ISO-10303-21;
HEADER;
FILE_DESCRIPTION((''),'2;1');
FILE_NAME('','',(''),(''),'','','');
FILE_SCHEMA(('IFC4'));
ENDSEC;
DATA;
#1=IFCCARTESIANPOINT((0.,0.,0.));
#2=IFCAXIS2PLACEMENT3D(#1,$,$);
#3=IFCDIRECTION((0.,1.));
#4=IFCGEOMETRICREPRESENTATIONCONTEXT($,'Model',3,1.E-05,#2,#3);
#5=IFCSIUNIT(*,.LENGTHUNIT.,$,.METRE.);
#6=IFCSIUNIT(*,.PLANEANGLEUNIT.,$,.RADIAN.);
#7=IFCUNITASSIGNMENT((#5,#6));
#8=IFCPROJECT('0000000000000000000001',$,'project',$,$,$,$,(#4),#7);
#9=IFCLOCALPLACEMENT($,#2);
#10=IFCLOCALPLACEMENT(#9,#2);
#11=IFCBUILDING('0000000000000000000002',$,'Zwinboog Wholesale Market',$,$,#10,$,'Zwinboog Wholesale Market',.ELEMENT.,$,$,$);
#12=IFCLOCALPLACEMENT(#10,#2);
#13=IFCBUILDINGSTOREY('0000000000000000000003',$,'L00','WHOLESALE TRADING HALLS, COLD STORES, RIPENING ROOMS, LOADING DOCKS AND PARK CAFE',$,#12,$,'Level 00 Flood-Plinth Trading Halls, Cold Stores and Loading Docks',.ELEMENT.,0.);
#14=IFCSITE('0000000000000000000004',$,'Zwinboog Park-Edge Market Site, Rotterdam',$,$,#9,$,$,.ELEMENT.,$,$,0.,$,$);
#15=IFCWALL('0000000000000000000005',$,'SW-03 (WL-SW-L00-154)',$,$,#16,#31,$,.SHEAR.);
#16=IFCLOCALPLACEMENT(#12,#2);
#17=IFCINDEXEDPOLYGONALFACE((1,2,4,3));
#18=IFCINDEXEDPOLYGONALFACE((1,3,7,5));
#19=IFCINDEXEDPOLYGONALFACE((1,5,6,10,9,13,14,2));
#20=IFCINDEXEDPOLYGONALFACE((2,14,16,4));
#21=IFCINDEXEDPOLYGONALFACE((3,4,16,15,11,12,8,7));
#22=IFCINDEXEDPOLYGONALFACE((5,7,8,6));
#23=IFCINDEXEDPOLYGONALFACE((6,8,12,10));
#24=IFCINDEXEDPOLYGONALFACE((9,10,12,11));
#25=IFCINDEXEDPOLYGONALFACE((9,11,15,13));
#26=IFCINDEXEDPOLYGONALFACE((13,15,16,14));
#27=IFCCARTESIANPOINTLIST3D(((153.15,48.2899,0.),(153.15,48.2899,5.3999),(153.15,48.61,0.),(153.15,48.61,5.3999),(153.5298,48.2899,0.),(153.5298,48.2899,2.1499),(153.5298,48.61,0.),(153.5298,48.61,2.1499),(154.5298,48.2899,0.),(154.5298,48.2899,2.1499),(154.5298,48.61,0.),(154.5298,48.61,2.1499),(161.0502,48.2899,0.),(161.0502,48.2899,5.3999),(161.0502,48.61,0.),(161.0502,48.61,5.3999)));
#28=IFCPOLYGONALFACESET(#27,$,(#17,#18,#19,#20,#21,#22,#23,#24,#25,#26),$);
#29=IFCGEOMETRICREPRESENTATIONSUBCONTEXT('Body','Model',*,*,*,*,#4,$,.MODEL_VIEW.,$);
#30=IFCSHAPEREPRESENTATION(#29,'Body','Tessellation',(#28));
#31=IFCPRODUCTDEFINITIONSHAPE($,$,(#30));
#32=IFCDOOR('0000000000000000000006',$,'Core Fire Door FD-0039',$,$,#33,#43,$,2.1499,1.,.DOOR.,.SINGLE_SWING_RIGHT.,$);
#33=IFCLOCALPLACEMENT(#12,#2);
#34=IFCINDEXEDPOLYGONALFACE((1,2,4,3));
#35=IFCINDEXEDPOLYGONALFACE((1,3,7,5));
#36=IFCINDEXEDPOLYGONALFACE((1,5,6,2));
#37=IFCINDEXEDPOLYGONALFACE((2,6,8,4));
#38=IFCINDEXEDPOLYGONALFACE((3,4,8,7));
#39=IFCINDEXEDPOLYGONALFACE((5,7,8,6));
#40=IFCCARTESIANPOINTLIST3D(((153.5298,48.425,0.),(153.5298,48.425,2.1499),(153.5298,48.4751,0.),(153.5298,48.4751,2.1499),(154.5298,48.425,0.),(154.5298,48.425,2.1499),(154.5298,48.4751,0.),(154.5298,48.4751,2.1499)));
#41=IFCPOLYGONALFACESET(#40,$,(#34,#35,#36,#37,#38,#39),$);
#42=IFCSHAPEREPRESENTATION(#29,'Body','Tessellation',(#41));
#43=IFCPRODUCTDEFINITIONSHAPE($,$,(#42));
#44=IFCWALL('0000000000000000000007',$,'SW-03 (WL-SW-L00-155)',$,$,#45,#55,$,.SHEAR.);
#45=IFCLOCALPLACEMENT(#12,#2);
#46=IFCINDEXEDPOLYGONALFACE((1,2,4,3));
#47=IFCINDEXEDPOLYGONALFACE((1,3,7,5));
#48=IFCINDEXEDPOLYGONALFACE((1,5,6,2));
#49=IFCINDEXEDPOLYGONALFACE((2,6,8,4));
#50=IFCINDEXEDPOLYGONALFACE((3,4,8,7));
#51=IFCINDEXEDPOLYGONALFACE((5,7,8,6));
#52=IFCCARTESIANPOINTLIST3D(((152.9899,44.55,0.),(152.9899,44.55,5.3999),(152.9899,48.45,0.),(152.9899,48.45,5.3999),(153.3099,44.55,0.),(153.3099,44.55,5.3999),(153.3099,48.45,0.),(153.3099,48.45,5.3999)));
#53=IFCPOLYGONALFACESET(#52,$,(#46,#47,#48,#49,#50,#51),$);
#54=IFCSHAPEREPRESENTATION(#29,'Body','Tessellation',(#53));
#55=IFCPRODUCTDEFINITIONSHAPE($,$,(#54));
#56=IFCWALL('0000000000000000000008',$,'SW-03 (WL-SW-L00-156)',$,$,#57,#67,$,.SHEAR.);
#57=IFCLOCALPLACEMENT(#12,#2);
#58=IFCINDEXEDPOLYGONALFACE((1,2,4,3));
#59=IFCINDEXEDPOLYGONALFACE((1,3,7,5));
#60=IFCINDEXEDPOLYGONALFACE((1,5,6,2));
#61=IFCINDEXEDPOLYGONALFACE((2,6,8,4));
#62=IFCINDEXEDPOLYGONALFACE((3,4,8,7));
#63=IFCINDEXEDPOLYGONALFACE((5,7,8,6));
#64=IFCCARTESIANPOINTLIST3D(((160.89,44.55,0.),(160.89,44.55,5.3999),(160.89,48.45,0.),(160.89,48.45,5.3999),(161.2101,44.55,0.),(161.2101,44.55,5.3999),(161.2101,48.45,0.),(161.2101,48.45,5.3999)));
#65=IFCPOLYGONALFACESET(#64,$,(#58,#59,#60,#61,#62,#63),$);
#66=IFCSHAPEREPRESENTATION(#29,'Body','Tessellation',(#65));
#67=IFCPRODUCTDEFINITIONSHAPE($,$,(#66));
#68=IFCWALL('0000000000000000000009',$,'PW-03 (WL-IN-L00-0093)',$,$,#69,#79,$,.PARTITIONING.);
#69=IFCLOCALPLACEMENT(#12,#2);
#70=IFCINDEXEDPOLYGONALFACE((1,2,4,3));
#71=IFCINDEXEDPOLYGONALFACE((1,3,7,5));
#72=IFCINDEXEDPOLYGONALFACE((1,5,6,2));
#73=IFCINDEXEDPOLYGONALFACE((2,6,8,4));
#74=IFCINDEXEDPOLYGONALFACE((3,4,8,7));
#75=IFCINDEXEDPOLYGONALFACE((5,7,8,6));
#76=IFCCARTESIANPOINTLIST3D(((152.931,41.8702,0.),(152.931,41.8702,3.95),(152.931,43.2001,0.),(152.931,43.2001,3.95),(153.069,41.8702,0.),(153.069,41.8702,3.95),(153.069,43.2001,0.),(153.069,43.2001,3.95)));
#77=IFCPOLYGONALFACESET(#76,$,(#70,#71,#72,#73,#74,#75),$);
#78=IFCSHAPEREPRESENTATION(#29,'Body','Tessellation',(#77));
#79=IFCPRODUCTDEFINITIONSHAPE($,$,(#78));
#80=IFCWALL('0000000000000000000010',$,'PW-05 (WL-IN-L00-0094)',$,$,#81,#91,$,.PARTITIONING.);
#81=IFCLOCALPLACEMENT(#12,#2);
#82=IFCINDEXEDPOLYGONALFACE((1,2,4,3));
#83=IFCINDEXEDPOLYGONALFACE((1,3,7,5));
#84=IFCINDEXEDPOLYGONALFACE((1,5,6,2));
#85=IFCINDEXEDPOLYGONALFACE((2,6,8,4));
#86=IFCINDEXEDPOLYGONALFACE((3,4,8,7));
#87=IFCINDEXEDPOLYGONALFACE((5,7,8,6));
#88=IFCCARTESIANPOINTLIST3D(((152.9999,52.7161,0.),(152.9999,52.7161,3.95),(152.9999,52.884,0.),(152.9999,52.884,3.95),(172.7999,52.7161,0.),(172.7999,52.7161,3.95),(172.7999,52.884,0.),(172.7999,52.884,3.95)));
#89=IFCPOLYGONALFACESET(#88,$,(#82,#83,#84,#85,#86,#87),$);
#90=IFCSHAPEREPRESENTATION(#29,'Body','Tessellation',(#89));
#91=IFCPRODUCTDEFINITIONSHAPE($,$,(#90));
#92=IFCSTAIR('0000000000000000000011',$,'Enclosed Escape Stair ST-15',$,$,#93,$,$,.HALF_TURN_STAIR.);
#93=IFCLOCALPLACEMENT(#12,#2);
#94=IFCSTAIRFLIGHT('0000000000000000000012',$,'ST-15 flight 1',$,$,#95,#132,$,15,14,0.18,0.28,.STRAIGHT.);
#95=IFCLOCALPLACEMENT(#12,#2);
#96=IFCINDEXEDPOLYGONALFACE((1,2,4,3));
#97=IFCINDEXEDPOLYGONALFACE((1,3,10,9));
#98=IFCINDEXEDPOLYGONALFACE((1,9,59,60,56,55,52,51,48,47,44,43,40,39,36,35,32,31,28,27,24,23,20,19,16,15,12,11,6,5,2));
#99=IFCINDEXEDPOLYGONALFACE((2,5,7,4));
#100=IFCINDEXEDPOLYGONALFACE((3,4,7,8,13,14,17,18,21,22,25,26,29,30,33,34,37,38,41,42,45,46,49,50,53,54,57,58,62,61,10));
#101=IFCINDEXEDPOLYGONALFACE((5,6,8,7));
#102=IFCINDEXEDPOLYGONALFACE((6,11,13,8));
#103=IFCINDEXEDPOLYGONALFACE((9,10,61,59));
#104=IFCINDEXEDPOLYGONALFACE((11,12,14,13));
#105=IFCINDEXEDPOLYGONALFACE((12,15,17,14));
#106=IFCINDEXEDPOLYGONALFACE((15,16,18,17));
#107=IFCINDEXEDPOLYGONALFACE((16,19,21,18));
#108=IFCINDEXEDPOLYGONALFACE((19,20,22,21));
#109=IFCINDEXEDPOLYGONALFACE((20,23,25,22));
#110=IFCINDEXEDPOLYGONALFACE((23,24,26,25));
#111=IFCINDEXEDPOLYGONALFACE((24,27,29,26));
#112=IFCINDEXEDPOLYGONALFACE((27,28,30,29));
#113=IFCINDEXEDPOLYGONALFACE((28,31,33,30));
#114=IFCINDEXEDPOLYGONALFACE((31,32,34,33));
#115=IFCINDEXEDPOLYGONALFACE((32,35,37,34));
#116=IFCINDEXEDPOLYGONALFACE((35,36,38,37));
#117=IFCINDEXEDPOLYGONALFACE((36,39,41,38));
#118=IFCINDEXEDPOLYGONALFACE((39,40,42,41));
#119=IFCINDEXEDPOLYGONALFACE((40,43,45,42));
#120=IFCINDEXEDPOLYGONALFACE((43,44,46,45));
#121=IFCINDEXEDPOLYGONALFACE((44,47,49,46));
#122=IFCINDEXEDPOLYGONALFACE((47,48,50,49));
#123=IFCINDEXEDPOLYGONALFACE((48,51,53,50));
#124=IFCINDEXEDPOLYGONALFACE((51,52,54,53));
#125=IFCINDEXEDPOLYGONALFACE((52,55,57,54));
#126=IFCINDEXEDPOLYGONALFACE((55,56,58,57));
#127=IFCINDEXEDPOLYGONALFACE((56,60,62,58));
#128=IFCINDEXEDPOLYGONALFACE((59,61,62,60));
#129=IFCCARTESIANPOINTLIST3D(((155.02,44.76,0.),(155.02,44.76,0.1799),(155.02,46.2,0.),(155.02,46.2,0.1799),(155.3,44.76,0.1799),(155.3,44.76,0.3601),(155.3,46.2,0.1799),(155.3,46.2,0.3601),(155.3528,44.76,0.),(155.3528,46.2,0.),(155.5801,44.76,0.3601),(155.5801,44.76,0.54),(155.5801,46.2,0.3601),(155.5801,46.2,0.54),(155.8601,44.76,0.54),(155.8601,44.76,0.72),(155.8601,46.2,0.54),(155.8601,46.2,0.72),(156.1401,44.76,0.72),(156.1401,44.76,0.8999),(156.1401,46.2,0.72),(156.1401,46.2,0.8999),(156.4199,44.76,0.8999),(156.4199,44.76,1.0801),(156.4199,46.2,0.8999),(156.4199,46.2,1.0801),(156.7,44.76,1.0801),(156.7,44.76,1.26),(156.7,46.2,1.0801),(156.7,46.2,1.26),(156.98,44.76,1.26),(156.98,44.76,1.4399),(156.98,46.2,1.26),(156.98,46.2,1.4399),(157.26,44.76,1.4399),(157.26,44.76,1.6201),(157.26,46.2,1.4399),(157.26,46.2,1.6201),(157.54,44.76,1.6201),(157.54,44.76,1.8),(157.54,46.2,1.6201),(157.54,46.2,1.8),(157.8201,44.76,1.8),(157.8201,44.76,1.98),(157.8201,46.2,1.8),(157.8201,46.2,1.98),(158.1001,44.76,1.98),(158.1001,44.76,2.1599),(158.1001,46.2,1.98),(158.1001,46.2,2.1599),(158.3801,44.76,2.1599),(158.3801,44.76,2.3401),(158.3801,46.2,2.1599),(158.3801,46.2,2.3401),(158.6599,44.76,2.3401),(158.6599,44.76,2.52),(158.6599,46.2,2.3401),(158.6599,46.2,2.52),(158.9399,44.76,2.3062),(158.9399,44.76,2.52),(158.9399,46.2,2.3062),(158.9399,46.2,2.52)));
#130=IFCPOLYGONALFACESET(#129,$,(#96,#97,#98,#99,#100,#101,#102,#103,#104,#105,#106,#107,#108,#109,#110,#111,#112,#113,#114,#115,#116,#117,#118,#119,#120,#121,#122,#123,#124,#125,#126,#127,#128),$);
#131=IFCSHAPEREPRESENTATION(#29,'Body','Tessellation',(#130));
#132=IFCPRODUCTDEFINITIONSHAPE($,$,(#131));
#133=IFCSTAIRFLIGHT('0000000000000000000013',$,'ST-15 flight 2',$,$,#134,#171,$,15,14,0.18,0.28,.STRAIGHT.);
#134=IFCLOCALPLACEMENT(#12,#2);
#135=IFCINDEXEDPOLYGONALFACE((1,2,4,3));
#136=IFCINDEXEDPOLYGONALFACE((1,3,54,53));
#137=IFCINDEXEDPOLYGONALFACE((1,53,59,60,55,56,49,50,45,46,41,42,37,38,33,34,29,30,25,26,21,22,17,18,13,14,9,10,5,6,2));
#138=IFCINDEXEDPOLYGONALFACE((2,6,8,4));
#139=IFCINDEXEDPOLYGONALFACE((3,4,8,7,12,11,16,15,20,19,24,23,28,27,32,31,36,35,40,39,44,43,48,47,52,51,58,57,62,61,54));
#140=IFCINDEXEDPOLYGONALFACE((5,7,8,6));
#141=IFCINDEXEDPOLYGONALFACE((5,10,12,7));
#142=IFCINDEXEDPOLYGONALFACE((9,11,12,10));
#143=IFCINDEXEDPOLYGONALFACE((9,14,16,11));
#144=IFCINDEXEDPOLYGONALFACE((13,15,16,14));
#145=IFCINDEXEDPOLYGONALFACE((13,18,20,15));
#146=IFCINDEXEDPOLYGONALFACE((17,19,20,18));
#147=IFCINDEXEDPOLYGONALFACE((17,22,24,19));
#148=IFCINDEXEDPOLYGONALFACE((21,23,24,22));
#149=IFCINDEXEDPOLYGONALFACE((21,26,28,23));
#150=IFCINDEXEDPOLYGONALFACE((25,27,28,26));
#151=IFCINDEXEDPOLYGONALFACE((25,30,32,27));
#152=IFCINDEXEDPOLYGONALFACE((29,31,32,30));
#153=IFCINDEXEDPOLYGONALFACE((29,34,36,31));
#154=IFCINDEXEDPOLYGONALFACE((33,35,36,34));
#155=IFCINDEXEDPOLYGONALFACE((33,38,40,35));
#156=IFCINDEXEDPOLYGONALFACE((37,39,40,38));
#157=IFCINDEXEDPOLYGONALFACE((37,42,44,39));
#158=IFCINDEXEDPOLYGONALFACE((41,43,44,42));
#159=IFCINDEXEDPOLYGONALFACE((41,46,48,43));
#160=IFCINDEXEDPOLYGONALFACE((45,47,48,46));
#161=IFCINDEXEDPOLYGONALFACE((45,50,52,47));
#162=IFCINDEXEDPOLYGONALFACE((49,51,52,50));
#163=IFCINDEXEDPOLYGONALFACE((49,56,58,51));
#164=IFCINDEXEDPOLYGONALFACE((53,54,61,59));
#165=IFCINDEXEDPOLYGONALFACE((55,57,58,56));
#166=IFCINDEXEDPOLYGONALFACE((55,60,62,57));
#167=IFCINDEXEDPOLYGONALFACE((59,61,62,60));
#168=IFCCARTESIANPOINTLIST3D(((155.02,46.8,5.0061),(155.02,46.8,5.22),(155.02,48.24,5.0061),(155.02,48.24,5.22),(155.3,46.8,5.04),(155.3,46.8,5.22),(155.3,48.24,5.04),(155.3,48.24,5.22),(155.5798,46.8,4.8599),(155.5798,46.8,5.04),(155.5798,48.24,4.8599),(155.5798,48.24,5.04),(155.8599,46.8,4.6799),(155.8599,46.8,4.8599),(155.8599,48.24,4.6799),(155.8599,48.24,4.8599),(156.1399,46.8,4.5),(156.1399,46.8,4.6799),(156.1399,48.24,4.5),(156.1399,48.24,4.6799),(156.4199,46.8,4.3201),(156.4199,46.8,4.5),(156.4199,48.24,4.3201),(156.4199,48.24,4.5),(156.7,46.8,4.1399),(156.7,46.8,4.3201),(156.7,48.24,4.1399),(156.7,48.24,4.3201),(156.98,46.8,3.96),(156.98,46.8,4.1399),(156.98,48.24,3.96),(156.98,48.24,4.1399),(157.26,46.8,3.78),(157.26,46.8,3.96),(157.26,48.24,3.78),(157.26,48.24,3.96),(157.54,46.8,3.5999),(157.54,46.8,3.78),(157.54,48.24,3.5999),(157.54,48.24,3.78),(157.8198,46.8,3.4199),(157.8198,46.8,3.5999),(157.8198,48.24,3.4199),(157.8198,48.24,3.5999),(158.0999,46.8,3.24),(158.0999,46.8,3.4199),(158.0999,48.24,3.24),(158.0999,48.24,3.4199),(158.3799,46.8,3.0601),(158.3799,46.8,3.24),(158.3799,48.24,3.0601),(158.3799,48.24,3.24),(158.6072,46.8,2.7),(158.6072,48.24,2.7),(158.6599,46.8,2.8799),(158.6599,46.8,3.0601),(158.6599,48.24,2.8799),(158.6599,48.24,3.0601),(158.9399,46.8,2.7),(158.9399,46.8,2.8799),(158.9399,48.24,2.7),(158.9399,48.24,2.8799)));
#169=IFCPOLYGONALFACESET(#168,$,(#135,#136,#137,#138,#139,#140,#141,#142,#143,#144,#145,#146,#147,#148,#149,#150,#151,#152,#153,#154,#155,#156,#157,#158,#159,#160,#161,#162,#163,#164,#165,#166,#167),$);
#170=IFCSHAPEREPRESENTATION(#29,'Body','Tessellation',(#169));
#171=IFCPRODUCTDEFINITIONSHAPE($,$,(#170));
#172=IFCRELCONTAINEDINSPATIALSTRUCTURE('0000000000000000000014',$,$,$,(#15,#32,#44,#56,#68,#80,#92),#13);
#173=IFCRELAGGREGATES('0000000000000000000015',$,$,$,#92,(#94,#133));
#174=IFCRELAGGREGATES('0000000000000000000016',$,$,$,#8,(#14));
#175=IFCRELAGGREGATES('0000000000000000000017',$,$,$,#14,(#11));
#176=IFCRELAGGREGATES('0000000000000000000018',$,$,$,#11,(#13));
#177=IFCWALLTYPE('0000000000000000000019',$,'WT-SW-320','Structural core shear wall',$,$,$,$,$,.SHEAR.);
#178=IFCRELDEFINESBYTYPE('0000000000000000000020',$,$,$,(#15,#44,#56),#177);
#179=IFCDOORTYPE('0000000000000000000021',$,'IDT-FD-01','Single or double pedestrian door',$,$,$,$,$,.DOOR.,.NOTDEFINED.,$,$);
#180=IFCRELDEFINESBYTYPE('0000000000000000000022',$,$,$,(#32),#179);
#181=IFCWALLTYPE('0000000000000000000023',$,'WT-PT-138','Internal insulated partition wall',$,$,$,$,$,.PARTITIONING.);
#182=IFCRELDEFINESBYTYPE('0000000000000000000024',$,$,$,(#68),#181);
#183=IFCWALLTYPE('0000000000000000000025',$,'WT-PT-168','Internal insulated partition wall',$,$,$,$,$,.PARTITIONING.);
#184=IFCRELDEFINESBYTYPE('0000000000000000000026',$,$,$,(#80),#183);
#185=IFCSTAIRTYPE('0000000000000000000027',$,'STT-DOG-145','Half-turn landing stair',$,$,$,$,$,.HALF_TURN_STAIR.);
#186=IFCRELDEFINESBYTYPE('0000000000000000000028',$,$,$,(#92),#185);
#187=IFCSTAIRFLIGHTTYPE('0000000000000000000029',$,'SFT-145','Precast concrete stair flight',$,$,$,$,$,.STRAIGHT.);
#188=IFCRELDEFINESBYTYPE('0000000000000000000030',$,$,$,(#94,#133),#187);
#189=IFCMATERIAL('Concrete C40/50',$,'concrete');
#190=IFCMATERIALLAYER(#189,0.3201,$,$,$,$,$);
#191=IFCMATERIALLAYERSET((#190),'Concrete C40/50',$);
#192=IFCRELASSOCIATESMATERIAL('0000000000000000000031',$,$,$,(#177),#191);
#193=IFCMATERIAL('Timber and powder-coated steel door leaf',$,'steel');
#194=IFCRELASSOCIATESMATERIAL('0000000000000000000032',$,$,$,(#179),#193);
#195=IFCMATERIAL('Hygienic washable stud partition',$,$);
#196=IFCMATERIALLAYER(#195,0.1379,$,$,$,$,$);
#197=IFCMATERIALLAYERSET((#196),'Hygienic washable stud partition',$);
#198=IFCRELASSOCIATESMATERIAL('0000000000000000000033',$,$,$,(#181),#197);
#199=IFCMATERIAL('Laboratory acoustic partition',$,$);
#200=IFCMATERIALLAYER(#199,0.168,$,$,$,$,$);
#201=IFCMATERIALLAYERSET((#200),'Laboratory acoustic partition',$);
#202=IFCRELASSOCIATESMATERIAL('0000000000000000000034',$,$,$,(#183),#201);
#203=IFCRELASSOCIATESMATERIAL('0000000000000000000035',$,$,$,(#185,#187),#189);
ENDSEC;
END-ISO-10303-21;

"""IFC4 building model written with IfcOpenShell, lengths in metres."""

from ifc_helpers import new_model, si_unit, direction, frame, frame_2d, origin, place, context, subcontext, project, spatial, polyline, rectangle, outline, extrude, material, layer, layer_set, type_object, element, fill, aggregate, save


model = new_model("IFC4")

# Units and contexts
model_context = context("Model", 3, precision=1e-05, world=origin(), true_north=direction((0.0, 1.0)))
body_context = subcontext(model_context, "Body", "Model", "MODEL_VIEW")
ifc_project = project(units=[si_unit("LENGTHUNIT", "METRE"), si_unit("PLANEANGLEUNIT", "RADIAN")], contexts=[model_context])

# Site, building, storey
site_placement = place(None, origin())
site = spatial("IfcSite", under=ifc_project, at=site_placement, Name="Zwinboog Park-Edge Market Site, Rotterdam", CompositionType="ELEMENT", RefElevation=0.0)
building_placement = place(site_placement, origin())
building = spatial("IfcBuilding", under=site, at=building_placement, Name="Zwinboog Wholesale Market", LongName="Zwinboog Wholesale Market", CompositionType="ELEMENT")
storey_placement = place(building_placement, origin())
storey = spatial("IfcBuildingStorey", under=building, at=storey_placement, Name="L00", Description="WHOLESALE TRADING HALLS, COLD STORES, RIPENING ROOMS, LOADING DOCKS AND PARK CAFE", LongName="Level 00 Flood-Plinth Trading Halls, Cold Stores and Loading Docks", CompositionType="ELEMENT", Elevation=0.0)

# Shared definitions
ifc_material_1 = material(Name="Concrete C40/50", Category="concrete")

# Shared definitions
ifc_layer_1 = layer(ifc_material_1, 0.3201)
ifc_layer_set_1 = layer_set([ifc_layer_1], Name="Concrete C40/50")
wall_type_1 = type_object("IfcWallType", Name="WT-SW-320", Description="Structural core shear wall", PredefinedType="SHEAR", material=ifc_layer_set_1)

# Wall, opening, door
wall_1_placement = place(storey_placement, frame((153.1499, 48.45, 0.0), z_axis=(0.0, 0.0, 1.0), x_axis=(1.0, 0.0, 0.0)))
wall_1 = element("IfcWall", 1, at=wall_1_placement, inside=storey, type_object=wall_type_1, Name="SW-03 (WL-SW-L00-154)", PredefinedType="SHEAR", context=body_context, shape_type="SweptSolid", body=[
    extrude(rectangle(XDim=7.9001, YDim=0.3201, at=frame_2d((3.9502, 0.0))), origin(), (0.0, 0.0, 1.0), 5.3999),
])
opening_placement = place(wall_1_placement, frame((0.3799, 0.0, 0.0)))
opening = element("IfcOpeningElement", 2, at=opening_placement, cuts=wall_1, PredefinedType="OPENING", context=body_context, shape_type="SweptSolid", body=[
    extrude(rectangle(XDim=1.0, YDim=2.1499, at=frame_2d((0.5, 1.075))), frame((0.0, 0.1699, 0.0), z_axis=(0.0, -1.0, 0.0), x_axis=(1.0, 0.0, 0.0)), (0.0, 0.0, 1.0), 0.3401),
])
ifc_material_2 = material(Name="Timber and powder-coated steel door leaf", Category="steel")
door_type = type_object("IfcDoorType", Name="IDT-FD-01", Description="Single or double pedestrian door", OperationType="NOTDEFINED", PredefinedType="DOOR", material=ifc_material_2)
door_placement = place(opening_placement, frame((1.0, 0.0, 0.0), z_axis=(0.0, 0.0, 1.0), x_axis=(-1.0, 0.0, 0.0)))
door = element("IfcDoor", 3, at=door_placement, inside=storey, type_object=door_type, Name="Core Fire Door FD-0039", OperationType="SINGLE_SWING_RIGHT", OverallHeight=2.1499, OverallWidth=1.0, PredefinedType="DOOR", context=body_context, shape_type="SweptSolid", body=[
    extrude(rectangle(XDim=1.0, YDim=2.1499, at=frame_2d((0.5, 1.075))), frame((0.0, 0.0249, 0.0), z_axis=(0.0, -1.0, 0.0), x_axis=(1.0, 0.0, 0.0)), (0.0, 0.0, 1.0), 0.05),
])
fill(opening, door)

# Walls
for number, where, z_axis, x_axis, name in (
    (4, (153.1499, 44.55, 0.0), (0.0, 0.0, 1.0), (0.0, 1.0, 0.0), "SW-03 (WL-SW-L00-155)"),
    (5, (161.05, 44.55, 0.0), (0.0, 0.0, 1.0), (0.0, 1.0, 0.0), "SW-03 (WL-SW-L00-156)"),
):
    element("IfcWall", number, at=place(storey_placement, frame(where, z_axis=z_axis, x_axis=x_axis)), inside=storey, type_object=wall_type_1, Name=name, PredefinedType="SHEAR", context=body_context, shape_type="SweptSolid", body=[
        extrude(rectangle(XDim=3.8999, YDim=0.3201, at=frame_2d((1.95, 0.0))), origin(), (0.0, 0.0, 1.0), 5.3999),
    ])
ifc_material_3 = material(Name="Hygienic washable stud partition")
ifc_layer_2 = layer(ifc_material_3, 0.1379)
ifc_layer_set_2 = layer_set([ifc_layer_2], Name="Hygienic washable stud partition")
wall_type_2 = type_object("IfcWallType", Name="WT-PT-138", Description="Internal insulated partition wall", PredefinedType="PARTITIONING", material=ifc_layer_set_2)
wall_2_placement = place(storey_placement, frame((153.0, 41.8701, 0.0), z_axis=(0.0, 0.0, 1.0), x_axis=(0.0, 1.0, 0.0)))
element("IfcWall", 6, at=wall_2_placement, inside=storey, type_object=wall_type_2, Name="PW-03 (WL-IN-L00-0093)", PredefinedType="PARTITIONING", context=body_context, shape_type="SweptSolid", body=[
    extrude(rectangle(XDim=1.3298, YDim=0.1379, at=frame_2d((0.665, 0.0))), origin(), (0.0, 0.0, 1.0), 3.95),
])
ifc_material_4 = material(Name="Laboratory acoustic partition")
ifc_layer_3 = layer(ifc_material_4, 0.168)
ifc_layer_set_3 = layer_set([ifc_layer_3], Name="Laboratory acoustic partition")
wall_type_3 = type_object("IfcWallType", Name="WT-PT-168", Description="Internal insulated partition wall", PredefinedType="PARTITIONING", material=ifc_layer_set_3)
wall_3_placement = place(storey_placement, frame((153.0, 52.8, 0.0), z_axis=(0.0, 0.0, 1.0), x_axis=(1.0, 0.0, 0.0)))
element("IfcWall", 7, at=wall_3_placement, inside=storey, type_object=wall_type_3, Name="PW-05 (WL-IN-L00-0094)", PredefinedType="PARTITIONING", context=body_context, shape_type="SweptSolid", body=[
    extrude(rectangle(XDim=19.8, YDim=0.168, at=frame_2d((9.8999, 0.0))), origin(), (0.0, 0.0, 1.0), 3.95),
])

# Stair, stair flights
stair_type = type_object("IfcStairType", Name="STT-DOG-145", Description="Half-turn landing stair", PredefinedType="HALF_TURN_STAIR", material=ifc_material_1)
stair_placement = place(storey_placement, origin())
stair = element("IfcStair", 8, at=stair_placement, inside=storey, type_object=stair_type, Name="Enclosed Escape Stair ST-15", PredefinedType="HALF_TURN_STAIR")
stair_flight_type = type_object("IfcStairFlightType", Name="SFT-145", Description="Precast concrete stair flight", PredefinedType="STRAIGHT", material=ifc_material_1)
stair_flight_1_placement = place(storey_placement, frame((155.02, 45.48, 0.0), z_axis=(0.0, 0.0, 1.0), x_axis=(1.0, 0.0, 0.0)))
stair_flight_1 = element("IfcStairFlight", 9, at=stair_flight_1_placement, type_object=stair_flight_type, Name="ST-15 flight 1", NumberOfRisers=15, NumberOfTreads=14, PredefinedType="STRAIGHT", RiserHeight=0.18, TreadLength=0.28, context=body_context, shape_type="SweptSolid", body=[
    extrude(outline(polyline([(0.0, 0.0), (0.0, 0.1799), (0.28, 0.1799), (0.28, 0.3601), (0.5601, 0.3601), (0.5601, 0.54), (0.8401, 0.54), (0.8401, 0.72), (1.1201, 0.72), (1.1201, 0.8999), (1.3999, 0.8999), (1.3999, 1.0801), (1.6799, 1.0801), (1.6799, 1.26), (1.96, 1.26), (1.96, 1.4399), (2.24, 1.4399), (2.24, 1.6201), (2.52, 1.6201), (2.52, 1.8), (2.8, 1.8), (2.8, 1.98), (3.0801, 1.98), (3.0801, 2.1599), (3.3601, 2.1599), (3.3601, 2.3401), (3.6399, 2.3401), (3.6399, 2.52), (3.9199, 2.52), (3.9199, 2.7), (3.9199, 2.3062), (0.3328, 0.0), (0.0, 0.0)])), frame((0.0, 0.72, 0.0), z_axis=(0.0, -1.0, 0.0), x_axis=(1.0, 0.0, 0.0)), (0.0, 0.0, 1.0), 1.4399),
])
stair_flight_2_placement = place(storey_placement, frame((158.9399, 47.52, 2.7), z_axis=(0.0, 0.0, 1.0), x_axis=(-1.0, 0.0, 0.0)))
stair_flight_2 = element("IfcStairFlight", 10, at=stair_flight_2_placement, type_object=stair_flight_type, Name="ST-15 flight 2", NumberOfRisers=15, NumberOfTreads=14, PredefinedType="STRAIGHT", RiserHeight=0.18, TreadLength=0.28, context=body_context, shape_type="SweptSolid", body=[
    extrude(outline(polyline([(0.0, 0.0), (0.0, 0.1799), (0.28, 0.1799), (0.28, 0.3601), (0.5601, 0.3601), (0.5601, 0.54), (0.8401, 0.54), (0.8401, 0.72), (1.1201, 0.72), (1.1201, 0.8999), (1.3999, 0.8999), (1.3999, 1.0801), (1.6799, 1.0801), (1.6799, 1.26), (1.96, 1.26), (1.96, 1.4399), (2.24, 1.4399), (2.24, 1.6201), (2.52, 1.6201), (2.52, 1.8), (2.8, 1.8), (2.8, 1.98), (3.0801, 1.98), (3.0801, 2.1599), (3.3601, 2.1599), (3.3601, 2.3401), (3.6399, 2.3401), (3.6399, 2.52), (3.9199, 2.52), (3.9199, 2.7), (3.9199, 2.3062), (0.3328, 0.0), (0.0, 0.0)])), frame((0.0, 0.72, 0.0), z_axis=(0.0, -1.0, 0.0), x_axis=(1.0, 0.0, 0.0)), (0.0, 0.0, 1.0), 1.4399),
])
aggregate(stair, [stair_flight_1, stair_flight_2])

save(model, "model.ifc")
